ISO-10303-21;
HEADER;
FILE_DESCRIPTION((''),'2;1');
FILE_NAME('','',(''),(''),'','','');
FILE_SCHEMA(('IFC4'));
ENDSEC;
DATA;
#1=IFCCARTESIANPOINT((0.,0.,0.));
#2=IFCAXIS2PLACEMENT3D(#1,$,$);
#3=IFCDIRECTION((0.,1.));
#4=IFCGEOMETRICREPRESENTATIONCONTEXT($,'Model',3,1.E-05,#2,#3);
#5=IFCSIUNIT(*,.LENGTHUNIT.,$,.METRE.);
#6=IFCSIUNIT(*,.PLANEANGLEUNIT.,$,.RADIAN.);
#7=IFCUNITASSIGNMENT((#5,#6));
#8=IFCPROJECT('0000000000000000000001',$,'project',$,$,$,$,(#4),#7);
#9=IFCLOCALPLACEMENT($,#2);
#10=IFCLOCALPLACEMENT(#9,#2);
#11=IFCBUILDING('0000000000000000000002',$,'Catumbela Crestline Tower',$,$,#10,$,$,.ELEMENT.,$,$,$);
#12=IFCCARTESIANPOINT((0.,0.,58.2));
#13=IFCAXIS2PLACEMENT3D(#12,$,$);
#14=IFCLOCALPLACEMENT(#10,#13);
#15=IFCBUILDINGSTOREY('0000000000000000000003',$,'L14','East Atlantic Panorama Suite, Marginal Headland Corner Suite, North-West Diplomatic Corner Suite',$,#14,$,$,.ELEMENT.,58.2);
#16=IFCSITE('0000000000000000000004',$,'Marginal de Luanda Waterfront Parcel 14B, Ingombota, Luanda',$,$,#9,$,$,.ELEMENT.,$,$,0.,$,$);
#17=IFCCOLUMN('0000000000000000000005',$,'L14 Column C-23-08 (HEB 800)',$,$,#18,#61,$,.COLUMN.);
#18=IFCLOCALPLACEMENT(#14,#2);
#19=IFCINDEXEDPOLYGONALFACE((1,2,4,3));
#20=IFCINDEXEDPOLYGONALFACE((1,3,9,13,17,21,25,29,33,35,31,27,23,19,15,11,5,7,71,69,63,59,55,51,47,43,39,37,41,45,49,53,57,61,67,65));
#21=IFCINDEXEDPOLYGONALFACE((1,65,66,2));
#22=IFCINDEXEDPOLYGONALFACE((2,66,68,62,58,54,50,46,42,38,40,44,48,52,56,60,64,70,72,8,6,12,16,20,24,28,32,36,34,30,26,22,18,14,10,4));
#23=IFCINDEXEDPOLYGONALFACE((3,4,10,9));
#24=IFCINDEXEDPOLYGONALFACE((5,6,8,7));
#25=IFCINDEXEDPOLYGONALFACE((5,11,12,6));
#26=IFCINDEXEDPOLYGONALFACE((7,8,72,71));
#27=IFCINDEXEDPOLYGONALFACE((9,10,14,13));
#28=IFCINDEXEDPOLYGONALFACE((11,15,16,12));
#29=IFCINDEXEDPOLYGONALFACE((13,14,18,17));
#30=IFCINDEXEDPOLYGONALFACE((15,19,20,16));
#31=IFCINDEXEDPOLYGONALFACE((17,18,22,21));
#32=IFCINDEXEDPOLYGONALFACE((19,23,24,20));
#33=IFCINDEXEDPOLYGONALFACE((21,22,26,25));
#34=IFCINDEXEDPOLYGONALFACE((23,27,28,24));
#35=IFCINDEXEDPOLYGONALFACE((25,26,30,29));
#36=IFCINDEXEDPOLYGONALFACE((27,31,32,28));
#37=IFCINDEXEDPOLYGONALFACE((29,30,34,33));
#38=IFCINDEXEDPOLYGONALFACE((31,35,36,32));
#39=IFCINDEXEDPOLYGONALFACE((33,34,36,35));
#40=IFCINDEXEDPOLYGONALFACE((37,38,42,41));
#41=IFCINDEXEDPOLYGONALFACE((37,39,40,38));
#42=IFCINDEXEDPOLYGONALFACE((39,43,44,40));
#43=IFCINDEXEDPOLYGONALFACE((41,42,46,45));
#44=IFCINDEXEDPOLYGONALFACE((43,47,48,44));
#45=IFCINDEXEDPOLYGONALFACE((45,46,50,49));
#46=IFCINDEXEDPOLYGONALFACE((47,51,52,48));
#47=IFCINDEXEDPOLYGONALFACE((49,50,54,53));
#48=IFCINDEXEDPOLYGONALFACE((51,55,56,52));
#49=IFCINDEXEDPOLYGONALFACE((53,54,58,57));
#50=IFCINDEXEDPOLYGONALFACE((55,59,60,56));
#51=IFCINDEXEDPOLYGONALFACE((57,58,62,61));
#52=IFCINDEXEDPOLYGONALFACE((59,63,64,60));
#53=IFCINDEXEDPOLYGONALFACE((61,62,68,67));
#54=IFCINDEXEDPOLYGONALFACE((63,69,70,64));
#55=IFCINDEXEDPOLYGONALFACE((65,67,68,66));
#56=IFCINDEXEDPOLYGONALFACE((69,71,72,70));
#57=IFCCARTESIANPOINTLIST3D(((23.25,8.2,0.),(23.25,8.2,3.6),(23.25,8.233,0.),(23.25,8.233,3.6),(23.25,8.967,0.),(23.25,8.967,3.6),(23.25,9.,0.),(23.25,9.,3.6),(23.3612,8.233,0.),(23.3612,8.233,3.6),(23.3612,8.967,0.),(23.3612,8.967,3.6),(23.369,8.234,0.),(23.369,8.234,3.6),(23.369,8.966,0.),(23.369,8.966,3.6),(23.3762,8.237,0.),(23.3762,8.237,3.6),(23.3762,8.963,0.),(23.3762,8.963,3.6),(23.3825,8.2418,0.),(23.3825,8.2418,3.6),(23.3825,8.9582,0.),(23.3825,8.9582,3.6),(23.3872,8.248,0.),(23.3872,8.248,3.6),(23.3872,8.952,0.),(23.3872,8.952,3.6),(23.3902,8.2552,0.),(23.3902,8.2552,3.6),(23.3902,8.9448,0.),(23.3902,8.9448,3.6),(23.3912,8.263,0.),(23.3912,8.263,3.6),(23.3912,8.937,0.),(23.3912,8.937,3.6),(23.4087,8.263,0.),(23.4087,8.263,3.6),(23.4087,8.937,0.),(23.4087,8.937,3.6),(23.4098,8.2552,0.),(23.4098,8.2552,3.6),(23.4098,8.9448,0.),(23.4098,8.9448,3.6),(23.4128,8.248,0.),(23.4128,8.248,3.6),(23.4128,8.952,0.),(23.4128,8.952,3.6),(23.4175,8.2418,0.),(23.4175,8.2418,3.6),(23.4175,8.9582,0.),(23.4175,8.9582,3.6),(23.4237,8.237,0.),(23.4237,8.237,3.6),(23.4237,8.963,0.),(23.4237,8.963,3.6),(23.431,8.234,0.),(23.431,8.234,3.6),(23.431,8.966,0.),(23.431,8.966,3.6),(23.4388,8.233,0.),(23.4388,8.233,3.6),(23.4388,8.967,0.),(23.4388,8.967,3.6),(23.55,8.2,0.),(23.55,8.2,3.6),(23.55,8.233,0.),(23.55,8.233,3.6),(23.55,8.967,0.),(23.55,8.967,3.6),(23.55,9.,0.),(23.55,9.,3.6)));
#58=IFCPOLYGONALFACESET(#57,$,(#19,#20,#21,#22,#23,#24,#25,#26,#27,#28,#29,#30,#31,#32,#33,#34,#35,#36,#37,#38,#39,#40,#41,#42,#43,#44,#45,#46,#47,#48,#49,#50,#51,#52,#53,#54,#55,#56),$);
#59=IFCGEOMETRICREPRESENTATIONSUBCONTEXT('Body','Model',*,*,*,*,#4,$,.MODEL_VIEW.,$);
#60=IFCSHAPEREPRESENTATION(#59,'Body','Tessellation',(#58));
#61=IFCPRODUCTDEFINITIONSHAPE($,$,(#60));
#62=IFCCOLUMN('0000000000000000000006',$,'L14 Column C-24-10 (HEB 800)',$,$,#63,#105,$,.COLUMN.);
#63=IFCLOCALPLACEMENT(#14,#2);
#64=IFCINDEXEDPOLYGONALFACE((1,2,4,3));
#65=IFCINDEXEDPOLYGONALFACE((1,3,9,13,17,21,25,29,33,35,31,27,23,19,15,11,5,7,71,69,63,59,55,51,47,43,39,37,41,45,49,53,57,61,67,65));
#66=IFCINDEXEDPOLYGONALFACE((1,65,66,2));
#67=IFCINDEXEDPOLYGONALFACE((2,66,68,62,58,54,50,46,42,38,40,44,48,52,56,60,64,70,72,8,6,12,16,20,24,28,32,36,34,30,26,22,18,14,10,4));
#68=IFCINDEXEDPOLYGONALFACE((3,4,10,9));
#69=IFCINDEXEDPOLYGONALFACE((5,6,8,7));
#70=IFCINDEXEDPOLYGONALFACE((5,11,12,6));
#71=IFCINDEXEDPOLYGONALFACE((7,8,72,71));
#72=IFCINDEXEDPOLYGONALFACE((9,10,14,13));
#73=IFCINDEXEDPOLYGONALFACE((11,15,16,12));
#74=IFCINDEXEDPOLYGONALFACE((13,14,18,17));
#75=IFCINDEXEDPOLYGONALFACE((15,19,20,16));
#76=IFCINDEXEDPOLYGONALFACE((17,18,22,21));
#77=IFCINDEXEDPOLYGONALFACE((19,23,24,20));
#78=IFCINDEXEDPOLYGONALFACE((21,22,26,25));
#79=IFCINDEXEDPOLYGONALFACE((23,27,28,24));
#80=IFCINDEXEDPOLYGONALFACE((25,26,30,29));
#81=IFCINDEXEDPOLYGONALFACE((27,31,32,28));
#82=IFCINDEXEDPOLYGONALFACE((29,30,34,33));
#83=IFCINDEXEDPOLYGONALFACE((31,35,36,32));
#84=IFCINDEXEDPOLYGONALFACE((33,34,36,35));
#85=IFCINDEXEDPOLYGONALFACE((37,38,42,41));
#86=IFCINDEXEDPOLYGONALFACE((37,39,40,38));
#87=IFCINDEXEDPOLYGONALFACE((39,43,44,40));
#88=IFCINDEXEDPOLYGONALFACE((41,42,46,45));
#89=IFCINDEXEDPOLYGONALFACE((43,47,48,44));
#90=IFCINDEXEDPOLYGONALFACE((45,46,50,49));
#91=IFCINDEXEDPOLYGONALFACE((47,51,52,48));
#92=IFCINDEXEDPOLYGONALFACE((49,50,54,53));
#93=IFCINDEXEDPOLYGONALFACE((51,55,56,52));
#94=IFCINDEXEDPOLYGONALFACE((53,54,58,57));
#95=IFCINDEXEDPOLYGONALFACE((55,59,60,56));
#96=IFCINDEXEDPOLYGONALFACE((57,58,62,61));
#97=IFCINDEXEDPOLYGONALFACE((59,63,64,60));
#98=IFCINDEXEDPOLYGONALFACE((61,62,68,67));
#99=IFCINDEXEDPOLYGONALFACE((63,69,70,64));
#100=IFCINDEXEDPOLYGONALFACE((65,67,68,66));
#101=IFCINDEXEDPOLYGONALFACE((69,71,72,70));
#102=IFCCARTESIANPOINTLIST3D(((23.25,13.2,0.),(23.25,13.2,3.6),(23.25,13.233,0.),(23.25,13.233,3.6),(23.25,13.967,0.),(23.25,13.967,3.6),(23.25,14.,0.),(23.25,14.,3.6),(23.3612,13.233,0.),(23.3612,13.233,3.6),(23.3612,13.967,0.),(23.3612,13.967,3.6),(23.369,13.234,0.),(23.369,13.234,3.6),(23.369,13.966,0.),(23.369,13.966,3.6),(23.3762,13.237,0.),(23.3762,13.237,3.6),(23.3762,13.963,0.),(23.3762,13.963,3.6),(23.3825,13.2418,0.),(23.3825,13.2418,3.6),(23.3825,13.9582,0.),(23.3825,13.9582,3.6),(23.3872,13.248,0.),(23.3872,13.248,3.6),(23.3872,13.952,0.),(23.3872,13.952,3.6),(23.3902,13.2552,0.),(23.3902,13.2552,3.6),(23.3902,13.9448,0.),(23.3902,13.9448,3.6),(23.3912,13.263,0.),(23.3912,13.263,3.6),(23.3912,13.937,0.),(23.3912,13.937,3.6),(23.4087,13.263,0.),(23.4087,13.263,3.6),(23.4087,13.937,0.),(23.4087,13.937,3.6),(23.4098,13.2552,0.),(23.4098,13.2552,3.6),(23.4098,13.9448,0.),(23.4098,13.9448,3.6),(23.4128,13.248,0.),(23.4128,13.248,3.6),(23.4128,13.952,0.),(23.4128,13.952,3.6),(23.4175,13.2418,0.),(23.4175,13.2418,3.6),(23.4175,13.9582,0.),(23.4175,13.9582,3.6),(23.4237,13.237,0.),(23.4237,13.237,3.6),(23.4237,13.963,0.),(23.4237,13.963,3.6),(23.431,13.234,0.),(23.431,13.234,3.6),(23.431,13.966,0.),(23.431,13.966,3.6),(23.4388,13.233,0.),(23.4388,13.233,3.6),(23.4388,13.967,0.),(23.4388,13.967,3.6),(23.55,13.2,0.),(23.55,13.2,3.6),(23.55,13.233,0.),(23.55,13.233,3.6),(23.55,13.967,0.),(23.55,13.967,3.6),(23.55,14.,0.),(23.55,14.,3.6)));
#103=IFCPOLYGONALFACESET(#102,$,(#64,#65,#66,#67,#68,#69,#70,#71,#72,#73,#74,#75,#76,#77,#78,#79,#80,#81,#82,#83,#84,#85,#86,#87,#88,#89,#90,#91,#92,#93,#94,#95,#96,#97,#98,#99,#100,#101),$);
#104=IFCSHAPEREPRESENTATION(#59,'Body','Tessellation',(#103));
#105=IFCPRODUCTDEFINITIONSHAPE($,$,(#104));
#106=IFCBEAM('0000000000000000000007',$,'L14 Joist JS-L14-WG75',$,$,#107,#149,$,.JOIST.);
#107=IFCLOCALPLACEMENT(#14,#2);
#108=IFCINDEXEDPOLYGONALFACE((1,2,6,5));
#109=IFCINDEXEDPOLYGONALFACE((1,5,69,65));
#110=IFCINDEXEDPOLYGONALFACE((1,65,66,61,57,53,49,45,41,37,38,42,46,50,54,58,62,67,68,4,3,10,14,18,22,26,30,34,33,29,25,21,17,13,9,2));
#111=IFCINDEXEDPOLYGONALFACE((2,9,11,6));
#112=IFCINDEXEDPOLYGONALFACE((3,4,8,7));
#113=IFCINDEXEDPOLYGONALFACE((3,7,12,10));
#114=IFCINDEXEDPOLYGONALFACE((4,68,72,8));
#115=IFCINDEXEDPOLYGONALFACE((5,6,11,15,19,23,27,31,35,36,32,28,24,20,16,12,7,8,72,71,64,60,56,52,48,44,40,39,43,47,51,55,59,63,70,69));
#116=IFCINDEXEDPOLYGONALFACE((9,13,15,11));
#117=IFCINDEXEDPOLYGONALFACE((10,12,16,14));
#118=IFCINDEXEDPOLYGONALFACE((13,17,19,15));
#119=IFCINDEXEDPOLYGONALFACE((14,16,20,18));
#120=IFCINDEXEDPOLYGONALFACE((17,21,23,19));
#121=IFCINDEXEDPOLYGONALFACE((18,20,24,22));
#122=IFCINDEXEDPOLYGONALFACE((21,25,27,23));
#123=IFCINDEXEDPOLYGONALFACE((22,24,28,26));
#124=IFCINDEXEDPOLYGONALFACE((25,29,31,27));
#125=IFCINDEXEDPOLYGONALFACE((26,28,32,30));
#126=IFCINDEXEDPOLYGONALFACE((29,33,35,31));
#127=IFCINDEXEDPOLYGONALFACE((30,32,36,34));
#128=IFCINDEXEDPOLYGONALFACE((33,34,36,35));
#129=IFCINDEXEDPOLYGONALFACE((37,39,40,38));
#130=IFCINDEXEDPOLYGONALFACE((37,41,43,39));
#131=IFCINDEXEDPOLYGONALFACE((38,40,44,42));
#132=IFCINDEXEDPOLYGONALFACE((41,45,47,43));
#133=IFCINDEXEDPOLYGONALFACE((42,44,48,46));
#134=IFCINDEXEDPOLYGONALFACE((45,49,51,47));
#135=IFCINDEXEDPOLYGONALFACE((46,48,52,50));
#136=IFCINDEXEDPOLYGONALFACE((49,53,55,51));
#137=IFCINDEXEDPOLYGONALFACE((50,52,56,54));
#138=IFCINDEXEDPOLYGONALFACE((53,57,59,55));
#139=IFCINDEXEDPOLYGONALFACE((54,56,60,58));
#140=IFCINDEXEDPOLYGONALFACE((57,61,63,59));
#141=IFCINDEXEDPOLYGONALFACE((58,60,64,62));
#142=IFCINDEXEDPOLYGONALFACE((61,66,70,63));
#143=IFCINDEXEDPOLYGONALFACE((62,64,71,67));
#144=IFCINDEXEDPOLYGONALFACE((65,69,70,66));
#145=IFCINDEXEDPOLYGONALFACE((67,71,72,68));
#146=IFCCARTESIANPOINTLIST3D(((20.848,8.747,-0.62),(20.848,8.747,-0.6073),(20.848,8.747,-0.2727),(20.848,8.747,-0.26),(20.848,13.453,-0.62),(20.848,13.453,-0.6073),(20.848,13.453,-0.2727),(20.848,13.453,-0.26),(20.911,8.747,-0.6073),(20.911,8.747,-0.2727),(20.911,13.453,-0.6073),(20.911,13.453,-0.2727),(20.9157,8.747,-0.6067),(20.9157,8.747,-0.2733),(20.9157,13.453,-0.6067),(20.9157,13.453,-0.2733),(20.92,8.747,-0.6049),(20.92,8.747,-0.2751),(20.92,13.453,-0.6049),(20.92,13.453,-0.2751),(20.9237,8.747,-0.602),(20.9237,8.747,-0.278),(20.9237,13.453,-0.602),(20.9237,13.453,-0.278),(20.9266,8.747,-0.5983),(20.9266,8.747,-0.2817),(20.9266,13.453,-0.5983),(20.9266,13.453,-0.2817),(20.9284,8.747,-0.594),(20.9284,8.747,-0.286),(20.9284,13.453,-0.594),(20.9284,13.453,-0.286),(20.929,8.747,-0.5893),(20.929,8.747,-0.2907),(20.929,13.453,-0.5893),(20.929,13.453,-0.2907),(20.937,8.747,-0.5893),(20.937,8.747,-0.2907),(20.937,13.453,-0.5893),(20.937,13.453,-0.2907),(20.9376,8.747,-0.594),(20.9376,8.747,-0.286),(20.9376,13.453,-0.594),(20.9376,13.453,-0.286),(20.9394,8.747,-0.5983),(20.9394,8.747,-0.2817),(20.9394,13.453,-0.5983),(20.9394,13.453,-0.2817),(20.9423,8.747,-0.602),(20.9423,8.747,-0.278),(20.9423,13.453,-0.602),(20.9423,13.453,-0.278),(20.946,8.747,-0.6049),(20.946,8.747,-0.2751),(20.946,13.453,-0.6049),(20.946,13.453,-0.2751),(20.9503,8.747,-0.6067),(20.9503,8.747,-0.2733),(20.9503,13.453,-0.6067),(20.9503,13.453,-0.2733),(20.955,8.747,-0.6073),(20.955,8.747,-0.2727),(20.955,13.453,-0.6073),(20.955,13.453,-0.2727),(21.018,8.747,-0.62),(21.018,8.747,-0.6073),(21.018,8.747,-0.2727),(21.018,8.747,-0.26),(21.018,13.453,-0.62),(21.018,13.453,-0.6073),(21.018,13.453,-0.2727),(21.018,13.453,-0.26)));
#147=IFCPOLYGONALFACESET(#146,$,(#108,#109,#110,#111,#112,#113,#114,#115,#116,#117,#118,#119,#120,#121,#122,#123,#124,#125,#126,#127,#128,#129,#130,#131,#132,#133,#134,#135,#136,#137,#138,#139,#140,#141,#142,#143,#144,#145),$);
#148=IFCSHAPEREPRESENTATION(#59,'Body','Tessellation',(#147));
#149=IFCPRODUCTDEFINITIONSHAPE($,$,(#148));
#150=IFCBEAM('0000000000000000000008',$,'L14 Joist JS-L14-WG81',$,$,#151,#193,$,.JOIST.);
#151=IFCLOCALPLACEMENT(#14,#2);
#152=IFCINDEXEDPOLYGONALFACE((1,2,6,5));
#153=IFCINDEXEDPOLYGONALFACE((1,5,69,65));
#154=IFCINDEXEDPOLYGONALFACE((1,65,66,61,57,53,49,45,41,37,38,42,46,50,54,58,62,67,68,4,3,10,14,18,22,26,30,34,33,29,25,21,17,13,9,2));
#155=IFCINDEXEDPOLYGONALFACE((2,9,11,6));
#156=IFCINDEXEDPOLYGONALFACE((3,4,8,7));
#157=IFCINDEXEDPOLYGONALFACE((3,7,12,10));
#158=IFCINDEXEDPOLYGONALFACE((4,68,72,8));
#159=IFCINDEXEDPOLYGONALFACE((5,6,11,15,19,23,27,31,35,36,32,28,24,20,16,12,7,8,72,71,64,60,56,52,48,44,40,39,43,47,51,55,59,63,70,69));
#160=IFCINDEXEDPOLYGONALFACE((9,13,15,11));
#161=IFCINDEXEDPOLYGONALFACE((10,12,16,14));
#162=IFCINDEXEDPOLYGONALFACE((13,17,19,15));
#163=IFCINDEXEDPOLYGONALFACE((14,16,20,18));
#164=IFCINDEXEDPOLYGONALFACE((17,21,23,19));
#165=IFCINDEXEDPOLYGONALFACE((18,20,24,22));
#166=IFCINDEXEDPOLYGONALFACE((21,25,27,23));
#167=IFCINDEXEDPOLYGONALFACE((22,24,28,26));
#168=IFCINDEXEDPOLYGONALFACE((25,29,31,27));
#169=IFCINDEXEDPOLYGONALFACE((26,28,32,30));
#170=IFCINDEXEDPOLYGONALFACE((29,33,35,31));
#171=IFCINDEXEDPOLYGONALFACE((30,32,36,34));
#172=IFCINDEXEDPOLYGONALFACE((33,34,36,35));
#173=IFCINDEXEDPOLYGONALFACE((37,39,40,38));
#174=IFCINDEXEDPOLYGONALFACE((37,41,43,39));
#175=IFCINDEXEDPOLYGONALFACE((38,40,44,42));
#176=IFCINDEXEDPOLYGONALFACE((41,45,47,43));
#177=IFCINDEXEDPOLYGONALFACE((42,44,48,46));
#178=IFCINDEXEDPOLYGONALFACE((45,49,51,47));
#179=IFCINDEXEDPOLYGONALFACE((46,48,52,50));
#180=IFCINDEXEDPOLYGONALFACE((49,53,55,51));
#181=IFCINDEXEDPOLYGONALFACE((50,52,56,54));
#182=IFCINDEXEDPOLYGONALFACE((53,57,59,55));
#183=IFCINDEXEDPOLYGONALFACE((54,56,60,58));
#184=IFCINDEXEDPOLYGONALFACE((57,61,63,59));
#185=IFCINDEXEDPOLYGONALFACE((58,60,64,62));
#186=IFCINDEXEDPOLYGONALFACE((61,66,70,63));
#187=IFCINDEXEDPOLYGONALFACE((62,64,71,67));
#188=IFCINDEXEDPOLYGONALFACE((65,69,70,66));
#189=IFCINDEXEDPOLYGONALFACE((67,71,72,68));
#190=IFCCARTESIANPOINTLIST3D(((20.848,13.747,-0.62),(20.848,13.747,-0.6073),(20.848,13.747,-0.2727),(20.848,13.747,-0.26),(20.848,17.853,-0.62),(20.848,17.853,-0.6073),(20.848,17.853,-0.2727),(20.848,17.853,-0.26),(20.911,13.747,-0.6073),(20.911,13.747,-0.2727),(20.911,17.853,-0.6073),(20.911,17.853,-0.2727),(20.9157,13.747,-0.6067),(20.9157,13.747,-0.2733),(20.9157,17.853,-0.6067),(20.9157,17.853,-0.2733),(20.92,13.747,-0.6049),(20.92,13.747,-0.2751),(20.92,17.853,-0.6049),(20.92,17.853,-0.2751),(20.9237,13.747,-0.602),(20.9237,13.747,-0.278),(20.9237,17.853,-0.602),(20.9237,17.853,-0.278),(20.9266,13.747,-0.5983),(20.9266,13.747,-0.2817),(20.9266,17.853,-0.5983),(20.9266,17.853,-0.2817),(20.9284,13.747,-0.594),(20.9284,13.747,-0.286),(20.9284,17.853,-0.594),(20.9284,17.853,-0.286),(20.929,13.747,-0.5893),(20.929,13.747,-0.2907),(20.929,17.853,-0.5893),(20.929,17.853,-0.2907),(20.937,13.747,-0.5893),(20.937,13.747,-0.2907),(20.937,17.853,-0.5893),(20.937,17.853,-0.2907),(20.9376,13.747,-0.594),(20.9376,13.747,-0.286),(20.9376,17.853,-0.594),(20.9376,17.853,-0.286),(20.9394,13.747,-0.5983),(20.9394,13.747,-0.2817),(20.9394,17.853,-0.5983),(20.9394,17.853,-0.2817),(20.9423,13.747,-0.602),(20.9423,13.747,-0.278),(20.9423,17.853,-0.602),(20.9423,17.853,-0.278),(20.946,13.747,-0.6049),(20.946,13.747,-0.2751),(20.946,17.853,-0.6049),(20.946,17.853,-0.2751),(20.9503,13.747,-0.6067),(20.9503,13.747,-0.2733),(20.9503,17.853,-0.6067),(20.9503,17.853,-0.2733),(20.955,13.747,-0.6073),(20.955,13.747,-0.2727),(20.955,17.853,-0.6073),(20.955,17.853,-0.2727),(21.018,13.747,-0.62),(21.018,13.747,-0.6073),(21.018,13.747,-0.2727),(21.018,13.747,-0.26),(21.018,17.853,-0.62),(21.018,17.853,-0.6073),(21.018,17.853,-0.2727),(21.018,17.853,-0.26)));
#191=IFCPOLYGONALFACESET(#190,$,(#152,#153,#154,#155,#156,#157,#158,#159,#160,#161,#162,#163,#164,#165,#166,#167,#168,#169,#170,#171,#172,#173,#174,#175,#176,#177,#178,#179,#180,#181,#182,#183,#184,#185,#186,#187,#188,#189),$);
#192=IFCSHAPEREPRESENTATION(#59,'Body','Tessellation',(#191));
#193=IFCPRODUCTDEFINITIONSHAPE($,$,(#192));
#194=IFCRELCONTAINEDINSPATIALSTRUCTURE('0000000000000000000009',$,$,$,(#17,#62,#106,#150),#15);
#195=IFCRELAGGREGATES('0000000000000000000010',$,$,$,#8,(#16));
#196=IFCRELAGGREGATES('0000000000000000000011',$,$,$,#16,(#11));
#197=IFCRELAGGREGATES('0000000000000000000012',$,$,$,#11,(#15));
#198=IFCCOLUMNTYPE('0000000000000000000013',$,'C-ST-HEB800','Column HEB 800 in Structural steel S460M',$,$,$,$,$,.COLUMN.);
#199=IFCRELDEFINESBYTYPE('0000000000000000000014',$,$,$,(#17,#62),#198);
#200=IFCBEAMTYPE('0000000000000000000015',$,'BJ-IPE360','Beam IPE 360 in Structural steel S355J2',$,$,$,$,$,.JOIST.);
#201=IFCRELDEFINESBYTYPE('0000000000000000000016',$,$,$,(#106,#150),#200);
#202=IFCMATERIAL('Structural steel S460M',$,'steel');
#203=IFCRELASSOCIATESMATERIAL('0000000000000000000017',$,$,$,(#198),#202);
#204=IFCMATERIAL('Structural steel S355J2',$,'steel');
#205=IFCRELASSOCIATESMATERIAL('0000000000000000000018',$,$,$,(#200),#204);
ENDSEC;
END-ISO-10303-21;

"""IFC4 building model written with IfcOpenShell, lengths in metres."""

from ifc_helpers import new_model, si_unit, direction, frame, origin, origin_2d, place, context, subcontext, project, spatial, i_section, extrude, material, material_profile, profile_set, type_object, element, save


model = new_model("IFC4")

# Units and contexts
model_context = context("Model", 3, precision=1e-05, world=origin(), true_north=direction((0.0, 1.0)))
body_context = subcontext(model_context, "Body", "Model", "MODEL_VIEW")
ifc_project = project(units=[si_unit("LENGTHUNIT", "METRE"), si_unit("PLANEANGLEUNIT", "RADIAN")], contexts=[model_context])

# Site, building, storey
site_placement = place(None, origin())
site = spatial("IfcSite", under=ifc_project, at=site_placement, Name="Marginal de Luanda Waterfront Parcel 14B, Ingombota, Luanda", CompositionType="ELEMENT", RefElevation=0.0)
building_placement = place(site_placement, origin())
building = spatial("IfcBuilding", under=site, at=building_placement, Name="Catumbela Crestline Tower", CompositionType="ELEMENT")
storey_placement = place(building_placement, frame((0.0, 0.0, 58.2)))
storey = spatial("IfcBuildingStorey", under=building, at=storey_placement, Name="L14", Description="East Atlantic Panorama Suite, Marginal Headland Corner Suite, North-West Diplomatic Corner Suite", CompositionType="ELEMENT", Elevation=58.2)

# Columns
ifc_material_1 = material(Name="Structural steel S460M", Category="steel")
ifc_material_profile_1 = material_profile(ifc_material_1, i_section(OverallWidth=0.3, OverallDepth=0.8, WebThickness=0.0175, FlangeThickness=0.033, FilletRadius=0.03, at=origin_2d()), Name="HEB 800")
ifc_profile_set_1 = profile_set([ifc_material_profile_1], Name="Structural steel S460M")
column_type = type_object("IfcColumnType", Name="C-ST-HEB800", Description="Column HEB 800 in Structural steel S460M", PredefinedType="COLUMN", material=ifc_profile_set_1)
for number, where, z_axis, x_axis, name in (
    (1, (23.4, 8.6, 0.0), (0.0, 0.0, 1.0), (1.0, 0.0, 0.0), "L14 Column C-23-08 (HEB 800)"),
    (2, (23.4, 13.6, 0.0), (0.0, 0.0, 1.0), (1.0, 0.0, 0.0), "L14 Column C-24-10 (HEB 800)"),
):
    element("IfcColumn", number, at=place(storey_placement, frame(where, z_axis=z_axis, x_axis=x_axis)), inside=storey, type_object=column_type, Name=name, PredefinedType="COLUMN", context=body_context, shape_type="SweptSolid", body=[
        extrude(i_section(OverallWidth=0.3, OverallDepth=0.8, WebThickness=0.0175, FlangeThickness=0.033, FilletRadius=0.03, at=origin_2d()), origin(), (0.0, 0.0, 1.0), 3.6),
    ])

# Beams
ifc_material_2 = material(Name="Structural steel S355J2", Category="steel")
ifc_material_profile_2 = material_profile(ifc_material_2, i_section(OverallWidth=0.17, OverallDepth=0.36, WebThickness=0.008, FlangeThickness=0.0127, FilletRadius=0.018, at=origin_2d()), Name="IPE 360")
ifc_profile_set_2 = profile_set([ifc_material_profile_2], Name="Structural steel S355J2")
beam_type_1 = type_object("IfcBeamType", Name="BJ-IPE360", Description="Beam IPE 360 in Structural steel S355J2", PredefinedType="JOIST", material=ifc_profile_set_2)
beam_1_placement = place(storey_placement, frame((20.933, 8.747, -0.44), z_axis=(0.0, 1.0, 0.0), x_axis=(-1.0, 0.0, 0.0)))
element("IfcBeam", 3, at=beam_1_placement, inside=storey, type_object=beam_type_1, Name="L14 Joist JS-L14-WG75", PredefinedType="JOIST", context=body_context, shape_type="SweptSolid", body=[
    extrude(i_section(OverallWidth=0.17, OverallDepth=0.36, WebThickness=0.008, FlangeThickness=0.0127, FilletRadius=0.018, at=origin_2d()), origin(), (0.0, 0.0, 1.0), 4.706),
])
beam_2_placement = place(storey_placement, frame((20.933, 13.747, -0.44), z_axis=(0.0, 1.0, 0.0), x_axis=(-1.0, 0.0, 0.0)))
element("IfcBeam", 4, at=beam_2_placement, inside=storey, type_object=beam_type_1, Name="L14 Joist JS-L14-WG81", PredefinedType="JOIST", context=body_context, shape_type="SweptSolid", body=[
    extrude(i_section(OverallWidth=0.17, OverallDepth=0.36, WebThickness=0.008, FlangeThickness=0.0127, FilletRadius=0.018, at=origin_2d()), origin(), (0.0, 0.0, 1.0), 4.106),
])

save(model, "model.ifc")
